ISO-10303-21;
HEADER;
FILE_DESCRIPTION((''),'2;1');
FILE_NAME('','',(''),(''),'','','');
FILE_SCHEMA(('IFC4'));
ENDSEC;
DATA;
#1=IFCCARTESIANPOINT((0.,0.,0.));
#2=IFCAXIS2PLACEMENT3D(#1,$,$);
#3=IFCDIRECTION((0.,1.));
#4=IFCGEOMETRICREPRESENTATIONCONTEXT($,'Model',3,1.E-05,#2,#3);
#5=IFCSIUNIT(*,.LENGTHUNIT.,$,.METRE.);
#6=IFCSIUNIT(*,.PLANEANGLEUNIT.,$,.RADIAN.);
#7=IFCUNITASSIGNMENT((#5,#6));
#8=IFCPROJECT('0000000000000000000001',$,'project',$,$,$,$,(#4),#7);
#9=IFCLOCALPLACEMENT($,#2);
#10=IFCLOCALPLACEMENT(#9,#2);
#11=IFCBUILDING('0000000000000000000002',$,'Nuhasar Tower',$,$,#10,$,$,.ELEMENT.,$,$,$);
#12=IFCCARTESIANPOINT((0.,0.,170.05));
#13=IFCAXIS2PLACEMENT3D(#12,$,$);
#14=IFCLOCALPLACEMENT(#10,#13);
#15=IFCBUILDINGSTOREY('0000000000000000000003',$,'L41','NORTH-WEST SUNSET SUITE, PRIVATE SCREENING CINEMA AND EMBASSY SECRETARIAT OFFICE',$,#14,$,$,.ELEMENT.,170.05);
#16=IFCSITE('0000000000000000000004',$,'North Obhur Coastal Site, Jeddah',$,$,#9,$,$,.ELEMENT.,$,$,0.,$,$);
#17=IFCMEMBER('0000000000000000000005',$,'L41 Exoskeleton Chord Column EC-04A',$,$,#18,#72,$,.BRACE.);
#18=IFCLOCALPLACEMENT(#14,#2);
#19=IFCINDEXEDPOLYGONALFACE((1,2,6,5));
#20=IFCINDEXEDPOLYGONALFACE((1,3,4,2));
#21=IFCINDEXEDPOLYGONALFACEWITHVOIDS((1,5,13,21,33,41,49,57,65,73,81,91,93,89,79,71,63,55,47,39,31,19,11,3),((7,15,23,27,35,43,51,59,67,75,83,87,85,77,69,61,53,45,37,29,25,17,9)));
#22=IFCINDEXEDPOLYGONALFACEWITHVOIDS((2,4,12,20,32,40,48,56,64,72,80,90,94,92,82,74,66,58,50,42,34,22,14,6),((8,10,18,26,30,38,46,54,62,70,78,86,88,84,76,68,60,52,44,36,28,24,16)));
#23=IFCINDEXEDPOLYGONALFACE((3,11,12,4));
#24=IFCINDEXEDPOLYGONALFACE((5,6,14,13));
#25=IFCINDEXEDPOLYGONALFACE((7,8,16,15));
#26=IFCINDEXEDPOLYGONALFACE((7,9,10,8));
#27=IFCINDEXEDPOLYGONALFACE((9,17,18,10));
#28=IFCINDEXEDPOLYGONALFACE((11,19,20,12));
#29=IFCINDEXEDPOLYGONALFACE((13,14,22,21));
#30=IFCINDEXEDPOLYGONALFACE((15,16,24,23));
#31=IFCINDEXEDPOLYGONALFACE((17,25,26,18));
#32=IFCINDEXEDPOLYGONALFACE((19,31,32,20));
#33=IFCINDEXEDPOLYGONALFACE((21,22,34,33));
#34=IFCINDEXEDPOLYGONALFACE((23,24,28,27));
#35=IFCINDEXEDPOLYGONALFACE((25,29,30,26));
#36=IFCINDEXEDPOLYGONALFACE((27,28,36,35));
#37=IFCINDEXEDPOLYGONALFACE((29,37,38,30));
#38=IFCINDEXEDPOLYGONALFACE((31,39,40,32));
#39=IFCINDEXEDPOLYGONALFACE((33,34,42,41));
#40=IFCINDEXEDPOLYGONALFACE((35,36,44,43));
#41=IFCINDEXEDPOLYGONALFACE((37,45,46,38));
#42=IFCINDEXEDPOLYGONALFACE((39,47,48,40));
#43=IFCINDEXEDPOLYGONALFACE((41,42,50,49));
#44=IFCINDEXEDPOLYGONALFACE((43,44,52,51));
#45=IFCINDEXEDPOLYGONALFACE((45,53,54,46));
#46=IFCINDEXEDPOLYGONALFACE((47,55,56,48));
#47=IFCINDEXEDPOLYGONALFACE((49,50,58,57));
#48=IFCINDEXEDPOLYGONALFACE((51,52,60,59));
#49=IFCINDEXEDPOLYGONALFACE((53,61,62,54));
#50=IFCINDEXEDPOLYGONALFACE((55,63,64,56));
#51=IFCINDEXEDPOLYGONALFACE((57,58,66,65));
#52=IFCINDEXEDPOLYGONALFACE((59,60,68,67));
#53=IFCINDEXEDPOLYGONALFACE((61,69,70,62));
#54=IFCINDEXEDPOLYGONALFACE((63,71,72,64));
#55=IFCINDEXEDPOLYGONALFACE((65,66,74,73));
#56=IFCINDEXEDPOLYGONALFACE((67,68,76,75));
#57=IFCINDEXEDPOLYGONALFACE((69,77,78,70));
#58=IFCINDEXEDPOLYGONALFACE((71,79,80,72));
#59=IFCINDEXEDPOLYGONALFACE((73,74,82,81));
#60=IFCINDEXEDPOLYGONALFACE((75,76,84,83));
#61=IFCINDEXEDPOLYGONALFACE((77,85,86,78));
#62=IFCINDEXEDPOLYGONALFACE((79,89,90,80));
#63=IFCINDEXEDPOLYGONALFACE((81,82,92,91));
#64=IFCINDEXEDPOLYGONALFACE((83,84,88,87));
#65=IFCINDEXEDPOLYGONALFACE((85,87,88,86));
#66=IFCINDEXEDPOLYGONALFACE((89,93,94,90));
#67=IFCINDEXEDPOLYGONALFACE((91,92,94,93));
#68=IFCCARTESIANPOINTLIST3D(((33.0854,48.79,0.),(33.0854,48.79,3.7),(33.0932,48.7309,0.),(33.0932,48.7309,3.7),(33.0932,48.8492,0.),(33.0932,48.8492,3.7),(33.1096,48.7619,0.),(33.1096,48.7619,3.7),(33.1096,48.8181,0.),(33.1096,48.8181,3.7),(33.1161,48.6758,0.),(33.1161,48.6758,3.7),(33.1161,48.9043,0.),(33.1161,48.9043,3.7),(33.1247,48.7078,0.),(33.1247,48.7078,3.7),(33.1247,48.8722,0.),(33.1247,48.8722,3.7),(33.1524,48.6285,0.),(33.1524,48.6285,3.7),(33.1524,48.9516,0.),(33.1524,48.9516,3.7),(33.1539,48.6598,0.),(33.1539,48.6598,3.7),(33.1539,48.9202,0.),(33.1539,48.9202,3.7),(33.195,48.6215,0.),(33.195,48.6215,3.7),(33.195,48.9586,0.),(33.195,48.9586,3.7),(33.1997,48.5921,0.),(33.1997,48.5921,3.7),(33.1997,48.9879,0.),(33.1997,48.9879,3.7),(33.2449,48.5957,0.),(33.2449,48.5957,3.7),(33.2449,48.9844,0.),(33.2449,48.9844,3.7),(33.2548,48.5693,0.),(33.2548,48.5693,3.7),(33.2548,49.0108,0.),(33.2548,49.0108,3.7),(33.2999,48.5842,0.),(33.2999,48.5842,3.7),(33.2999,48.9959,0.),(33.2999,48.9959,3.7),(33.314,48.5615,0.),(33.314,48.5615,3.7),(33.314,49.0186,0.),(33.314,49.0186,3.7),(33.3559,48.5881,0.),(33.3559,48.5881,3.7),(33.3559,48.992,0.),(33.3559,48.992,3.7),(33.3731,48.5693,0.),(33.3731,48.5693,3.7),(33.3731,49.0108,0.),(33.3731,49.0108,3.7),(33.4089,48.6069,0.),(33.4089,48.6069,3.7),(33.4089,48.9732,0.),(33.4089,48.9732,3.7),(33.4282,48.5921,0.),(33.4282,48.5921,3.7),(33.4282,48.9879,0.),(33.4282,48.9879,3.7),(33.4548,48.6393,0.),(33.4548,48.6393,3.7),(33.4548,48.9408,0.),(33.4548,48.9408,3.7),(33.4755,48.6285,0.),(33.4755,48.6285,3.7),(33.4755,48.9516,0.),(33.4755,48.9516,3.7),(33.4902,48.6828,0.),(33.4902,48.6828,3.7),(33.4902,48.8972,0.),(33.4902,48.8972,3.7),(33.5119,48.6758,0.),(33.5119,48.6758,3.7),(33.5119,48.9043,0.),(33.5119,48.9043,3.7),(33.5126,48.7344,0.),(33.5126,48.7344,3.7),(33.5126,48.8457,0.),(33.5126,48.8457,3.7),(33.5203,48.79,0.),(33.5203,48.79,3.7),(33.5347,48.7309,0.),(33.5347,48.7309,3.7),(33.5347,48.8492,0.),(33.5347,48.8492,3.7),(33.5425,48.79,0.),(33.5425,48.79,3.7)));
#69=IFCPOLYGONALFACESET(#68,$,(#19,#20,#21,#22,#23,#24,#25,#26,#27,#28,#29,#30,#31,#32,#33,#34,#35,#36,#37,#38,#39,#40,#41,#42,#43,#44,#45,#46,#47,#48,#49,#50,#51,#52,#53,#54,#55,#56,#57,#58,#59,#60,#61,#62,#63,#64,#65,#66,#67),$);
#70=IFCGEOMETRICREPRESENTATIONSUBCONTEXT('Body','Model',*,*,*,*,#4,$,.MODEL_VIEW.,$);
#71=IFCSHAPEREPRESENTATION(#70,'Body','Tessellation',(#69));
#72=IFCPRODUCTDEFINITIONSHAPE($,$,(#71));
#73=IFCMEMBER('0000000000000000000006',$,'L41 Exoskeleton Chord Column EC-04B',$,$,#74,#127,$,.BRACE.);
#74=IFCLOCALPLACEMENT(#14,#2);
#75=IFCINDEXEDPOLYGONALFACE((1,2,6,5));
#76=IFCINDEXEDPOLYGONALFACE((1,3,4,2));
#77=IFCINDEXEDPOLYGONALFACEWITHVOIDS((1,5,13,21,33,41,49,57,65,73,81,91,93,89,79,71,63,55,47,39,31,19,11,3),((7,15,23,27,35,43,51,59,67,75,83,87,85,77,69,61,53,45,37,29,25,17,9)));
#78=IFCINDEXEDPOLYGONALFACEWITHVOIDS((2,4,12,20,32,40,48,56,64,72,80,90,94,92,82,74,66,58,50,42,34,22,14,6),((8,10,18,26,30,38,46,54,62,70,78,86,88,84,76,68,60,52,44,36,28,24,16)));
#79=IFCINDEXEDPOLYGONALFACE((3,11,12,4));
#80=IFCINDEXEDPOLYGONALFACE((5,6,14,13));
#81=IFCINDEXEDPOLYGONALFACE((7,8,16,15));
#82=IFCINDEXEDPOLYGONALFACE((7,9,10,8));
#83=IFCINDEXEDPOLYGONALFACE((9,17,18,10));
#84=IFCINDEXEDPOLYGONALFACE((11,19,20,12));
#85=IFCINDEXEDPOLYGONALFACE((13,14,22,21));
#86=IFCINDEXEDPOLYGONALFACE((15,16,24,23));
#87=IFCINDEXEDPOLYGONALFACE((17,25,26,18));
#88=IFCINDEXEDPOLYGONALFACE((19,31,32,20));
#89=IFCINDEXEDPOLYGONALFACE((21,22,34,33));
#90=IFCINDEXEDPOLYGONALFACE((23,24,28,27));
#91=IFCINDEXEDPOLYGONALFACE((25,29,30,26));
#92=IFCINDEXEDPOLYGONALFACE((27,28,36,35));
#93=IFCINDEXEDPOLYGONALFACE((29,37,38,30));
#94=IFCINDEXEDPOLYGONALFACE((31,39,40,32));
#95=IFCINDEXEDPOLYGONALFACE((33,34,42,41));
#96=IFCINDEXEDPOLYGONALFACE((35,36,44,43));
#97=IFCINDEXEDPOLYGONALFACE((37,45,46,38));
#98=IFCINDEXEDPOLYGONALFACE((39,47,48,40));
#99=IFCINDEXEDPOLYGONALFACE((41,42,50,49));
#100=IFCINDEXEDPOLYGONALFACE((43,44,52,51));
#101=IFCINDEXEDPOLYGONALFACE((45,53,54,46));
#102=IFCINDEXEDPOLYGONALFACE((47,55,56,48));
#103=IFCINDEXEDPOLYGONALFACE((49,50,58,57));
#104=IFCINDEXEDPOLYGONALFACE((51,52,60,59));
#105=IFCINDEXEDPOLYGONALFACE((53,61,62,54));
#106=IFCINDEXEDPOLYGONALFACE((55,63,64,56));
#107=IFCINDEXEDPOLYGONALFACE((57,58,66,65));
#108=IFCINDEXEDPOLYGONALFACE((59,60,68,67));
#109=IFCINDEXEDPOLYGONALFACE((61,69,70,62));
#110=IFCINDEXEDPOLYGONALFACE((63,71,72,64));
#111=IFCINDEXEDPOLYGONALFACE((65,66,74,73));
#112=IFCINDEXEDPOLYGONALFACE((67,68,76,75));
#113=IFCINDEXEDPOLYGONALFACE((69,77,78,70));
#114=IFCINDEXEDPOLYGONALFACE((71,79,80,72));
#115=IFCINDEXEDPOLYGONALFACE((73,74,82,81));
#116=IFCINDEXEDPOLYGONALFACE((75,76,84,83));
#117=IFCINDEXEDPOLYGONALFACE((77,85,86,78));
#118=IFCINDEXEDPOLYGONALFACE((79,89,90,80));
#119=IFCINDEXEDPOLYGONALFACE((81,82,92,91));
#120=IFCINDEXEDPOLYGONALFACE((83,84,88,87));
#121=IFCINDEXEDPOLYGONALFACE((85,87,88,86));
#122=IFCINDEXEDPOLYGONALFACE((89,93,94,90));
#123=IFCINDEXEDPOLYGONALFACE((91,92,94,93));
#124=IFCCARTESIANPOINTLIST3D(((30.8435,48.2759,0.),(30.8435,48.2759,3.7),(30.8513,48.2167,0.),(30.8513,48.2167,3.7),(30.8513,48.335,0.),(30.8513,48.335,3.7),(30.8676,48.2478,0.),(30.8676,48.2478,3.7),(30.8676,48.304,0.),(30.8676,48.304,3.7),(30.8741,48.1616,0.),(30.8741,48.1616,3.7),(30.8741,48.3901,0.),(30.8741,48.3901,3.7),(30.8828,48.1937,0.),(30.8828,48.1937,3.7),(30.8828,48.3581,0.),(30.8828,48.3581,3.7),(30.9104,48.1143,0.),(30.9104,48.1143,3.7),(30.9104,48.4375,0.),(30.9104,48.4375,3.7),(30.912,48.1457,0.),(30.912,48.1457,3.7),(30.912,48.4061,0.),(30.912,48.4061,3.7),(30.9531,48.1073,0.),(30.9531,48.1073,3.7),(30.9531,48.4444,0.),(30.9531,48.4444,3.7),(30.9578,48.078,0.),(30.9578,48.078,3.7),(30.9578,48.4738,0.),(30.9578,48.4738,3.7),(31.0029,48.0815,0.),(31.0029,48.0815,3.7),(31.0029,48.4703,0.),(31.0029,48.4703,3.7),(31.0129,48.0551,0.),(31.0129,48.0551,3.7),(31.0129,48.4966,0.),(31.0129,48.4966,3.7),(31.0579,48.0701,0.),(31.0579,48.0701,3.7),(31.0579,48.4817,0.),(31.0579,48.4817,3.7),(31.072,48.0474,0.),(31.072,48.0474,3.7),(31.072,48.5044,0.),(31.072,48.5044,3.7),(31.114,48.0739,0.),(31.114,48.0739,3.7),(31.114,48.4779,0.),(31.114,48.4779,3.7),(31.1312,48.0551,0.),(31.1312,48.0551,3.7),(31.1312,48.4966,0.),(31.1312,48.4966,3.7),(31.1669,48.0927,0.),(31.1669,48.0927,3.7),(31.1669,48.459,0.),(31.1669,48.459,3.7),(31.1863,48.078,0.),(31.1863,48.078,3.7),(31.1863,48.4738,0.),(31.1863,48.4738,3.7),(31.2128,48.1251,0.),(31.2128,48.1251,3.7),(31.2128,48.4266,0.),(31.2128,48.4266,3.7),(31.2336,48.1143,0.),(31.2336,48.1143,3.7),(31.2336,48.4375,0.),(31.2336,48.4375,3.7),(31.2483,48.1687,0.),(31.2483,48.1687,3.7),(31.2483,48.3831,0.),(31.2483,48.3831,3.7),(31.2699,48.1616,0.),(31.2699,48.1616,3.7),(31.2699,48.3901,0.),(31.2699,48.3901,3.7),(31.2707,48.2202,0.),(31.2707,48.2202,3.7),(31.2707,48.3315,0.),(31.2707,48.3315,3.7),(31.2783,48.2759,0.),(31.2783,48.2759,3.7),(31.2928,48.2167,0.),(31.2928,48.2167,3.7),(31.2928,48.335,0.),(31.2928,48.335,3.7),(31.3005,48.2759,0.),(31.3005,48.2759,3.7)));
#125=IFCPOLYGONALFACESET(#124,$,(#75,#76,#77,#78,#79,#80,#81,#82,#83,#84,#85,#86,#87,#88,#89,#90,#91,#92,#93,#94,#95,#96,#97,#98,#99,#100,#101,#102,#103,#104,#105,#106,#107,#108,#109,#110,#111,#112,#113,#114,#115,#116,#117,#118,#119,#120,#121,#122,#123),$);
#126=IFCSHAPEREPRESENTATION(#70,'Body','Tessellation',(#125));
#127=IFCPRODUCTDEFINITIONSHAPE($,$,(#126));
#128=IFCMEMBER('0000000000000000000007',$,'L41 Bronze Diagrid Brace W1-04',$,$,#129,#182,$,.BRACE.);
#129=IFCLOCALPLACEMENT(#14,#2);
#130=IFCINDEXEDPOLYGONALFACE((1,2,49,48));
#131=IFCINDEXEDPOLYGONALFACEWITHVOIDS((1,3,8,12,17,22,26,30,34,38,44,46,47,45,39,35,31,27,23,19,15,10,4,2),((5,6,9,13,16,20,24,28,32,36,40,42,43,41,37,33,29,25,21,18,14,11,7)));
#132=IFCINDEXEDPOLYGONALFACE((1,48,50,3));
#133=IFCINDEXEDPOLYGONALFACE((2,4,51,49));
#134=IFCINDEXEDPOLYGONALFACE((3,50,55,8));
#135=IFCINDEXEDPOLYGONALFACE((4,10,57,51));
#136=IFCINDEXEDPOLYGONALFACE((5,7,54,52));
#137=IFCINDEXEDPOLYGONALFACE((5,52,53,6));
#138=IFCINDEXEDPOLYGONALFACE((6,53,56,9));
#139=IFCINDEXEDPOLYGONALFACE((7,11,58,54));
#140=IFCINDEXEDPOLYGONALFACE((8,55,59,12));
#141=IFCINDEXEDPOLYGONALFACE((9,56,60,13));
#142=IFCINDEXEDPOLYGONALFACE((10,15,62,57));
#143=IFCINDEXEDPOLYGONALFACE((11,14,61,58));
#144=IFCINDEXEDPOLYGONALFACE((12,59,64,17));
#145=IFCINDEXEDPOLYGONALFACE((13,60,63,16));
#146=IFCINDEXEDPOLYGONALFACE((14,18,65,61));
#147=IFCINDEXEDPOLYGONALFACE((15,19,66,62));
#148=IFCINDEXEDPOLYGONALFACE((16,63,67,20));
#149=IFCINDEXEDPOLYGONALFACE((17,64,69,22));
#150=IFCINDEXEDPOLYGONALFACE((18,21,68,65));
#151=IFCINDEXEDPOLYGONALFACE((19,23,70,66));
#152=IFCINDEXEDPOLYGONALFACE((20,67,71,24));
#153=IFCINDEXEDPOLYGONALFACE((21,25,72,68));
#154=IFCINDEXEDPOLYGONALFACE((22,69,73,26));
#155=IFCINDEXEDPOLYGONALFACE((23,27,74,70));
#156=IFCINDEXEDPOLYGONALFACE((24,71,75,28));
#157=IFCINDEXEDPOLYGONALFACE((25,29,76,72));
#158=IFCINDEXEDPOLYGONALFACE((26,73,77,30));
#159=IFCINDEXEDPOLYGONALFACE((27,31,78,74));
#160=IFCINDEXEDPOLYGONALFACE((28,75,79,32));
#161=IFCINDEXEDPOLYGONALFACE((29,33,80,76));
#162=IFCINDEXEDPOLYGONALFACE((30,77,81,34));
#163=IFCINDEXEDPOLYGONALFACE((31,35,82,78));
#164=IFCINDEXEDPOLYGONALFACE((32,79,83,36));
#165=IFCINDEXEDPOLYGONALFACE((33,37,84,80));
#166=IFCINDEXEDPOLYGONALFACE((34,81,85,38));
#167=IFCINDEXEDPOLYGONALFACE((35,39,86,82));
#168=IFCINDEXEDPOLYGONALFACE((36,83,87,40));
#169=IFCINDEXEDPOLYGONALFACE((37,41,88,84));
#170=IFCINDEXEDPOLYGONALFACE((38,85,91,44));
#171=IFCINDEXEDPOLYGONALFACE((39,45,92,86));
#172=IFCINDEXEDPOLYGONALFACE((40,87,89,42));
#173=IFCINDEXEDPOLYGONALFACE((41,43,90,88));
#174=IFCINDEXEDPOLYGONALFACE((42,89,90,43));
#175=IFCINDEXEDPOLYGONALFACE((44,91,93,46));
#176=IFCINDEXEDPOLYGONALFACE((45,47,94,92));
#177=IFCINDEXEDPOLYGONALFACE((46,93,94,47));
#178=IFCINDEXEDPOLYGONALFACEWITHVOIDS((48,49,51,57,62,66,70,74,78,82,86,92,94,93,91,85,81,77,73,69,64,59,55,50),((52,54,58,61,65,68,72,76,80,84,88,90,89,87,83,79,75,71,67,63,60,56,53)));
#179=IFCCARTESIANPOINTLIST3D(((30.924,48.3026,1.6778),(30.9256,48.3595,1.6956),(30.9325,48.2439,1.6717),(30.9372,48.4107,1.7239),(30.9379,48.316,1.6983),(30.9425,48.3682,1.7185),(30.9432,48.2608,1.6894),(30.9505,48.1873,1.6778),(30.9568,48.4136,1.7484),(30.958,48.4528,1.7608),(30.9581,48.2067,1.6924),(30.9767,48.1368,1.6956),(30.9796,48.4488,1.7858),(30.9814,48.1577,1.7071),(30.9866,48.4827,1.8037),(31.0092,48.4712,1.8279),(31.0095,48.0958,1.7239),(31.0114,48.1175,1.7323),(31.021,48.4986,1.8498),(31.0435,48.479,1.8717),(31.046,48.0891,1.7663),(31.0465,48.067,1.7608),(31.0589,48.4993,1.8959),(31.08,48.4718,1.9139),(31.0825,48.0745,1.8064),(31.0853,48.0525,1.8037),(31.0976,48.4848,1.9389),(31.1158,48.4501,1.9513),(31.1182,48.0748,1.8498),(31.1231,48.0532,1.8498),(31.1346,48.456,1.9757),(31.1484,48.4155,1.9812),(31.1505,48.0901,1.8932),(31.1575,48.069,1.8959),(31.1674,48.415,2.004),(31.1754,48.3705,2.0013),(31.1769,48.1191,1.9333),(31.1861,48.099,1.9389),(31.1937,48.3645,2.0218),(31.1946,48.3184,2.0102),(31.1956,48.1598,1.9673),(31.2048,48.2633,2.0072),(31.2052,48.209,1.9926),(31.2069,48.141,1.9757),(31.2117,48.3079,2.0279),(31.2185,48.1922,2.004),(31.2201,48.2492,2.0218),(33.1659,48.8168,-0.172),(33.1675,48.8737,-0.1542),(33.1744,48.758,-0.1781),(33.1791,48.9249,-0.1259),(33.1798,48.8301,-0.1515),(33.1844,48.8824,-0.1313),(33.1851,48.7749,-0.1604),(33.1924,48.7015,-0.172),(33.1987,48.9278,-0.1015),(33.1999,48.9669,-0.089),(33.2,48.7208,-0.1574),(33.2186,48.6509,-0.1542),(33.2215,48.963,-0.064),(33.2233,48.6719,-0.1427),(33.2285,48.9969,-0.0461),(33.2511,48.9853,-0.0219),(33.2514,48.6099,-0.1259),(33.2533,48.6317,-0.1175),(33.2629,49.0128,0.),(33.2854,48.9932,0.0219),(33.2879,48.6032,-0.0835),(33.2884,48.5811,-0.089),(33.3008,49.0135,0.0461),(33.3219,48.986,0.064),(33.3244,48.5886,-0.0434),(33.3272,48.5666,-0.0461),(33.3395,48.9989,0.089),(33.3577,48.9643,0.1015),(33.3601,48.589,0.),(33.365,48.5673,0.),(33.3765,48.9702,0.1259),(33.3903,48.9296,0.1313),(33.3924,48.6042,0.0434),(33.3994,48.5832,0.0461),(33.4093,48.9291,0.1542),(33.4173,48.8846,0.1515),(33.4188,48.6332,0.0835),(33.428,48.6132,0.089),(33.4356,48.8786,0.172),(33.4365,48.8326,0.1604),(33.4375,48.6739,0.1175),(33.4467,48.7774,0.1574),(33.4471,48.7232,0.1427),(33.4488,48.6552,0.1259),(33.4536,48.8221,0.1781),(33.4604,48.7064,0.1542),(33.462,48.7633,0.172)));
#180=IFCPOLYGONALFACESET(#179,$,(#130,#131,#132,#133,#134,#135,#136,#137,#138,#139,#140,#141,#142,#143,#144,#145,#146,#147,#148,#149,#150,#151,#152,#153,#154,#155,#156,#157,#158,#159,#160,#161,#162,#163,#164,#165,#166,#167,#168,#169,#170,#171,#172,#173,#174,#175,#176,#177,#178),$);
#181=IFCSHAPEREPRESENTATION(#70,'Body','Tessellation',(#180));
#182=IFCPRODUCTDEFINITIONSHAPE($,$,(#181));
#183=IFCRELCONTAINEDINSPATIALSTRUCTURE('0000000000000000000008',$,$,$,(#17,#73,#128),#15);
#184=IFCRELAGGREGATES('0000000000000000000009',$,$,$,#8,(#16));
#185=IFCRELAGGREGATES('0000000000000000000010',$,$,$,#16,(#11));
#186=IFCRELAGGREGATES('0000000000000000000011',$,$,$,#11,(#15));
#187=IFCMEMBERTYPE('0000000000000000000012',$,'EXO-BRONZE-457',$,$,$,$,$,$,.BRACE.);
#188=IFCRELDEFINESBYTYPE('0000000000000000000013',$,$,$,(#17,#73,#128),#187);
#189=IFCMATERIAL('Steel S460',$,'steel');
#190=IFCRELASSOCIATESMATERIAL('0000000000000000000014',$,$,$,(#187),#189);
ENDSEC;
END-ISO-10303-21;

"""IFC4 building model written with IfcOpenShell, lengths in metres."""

from ifc_helpers import new_model, si_unit, direction, frame, origin, origin_2d, place, context, subcontext, project, spatial, hollow_circle, extrude, material, material_profile, profile_set, type_object, element, save


model = new_model("IFC4")

# Units and contexts
model_context = context("Model", 3, precision=1e-05, world=origin(), true_north=direction((0.0, 1.0)))
body_context = subcontext(model_context, "Body", "Model", "MODEL_VIEW")
ifc_project = project(units=[si_unit("LENGTHUNIT", "METRE"), si_unit("PLANEANGLEUNIT", "RADIAN")], contexts=[model_context])

# Site, building, storey
site_placement = place(None, origin())
site = spatial("IfcSite", under=ifc_project, at=site_placement, Name="North Obhur Coastal Site, Jeddah", CompositionType="ELEMENT", RefElevation=0.0)
building_placement = place(site_placement, origin())
building = spatial("IfcBuilding", under=site, at=building_placement, Name="Nuhasar Tower", CompositionType="ELEMENT")
storey_placement = place(building_placement, frame((0.0, 0.0, 170.05)))
storey = spatial("IfcBuildingStorey", under=building, at=storey_placement, Name="L41", Description="NORTH-WEST SUNSET SUITE, PRIVATE SCREENING CINEMA AND EMBASSY SECRETARIAT OFFICE", CompositionType="ELEMENT", Elevation=170.05)

# Members
ifc_material_1 = material(Name="Steel S460", Category="steel")
ifc_material_profile_1 = material_profile(ifc_material_1, hollow_circle(Radius=0.2285, WallThickness=0.0222, at=origin_2d()), Name="HSS457X22.2")
ifc_profile_set_1 = profile_set([ifc_material_profile_1], Name="Steel S460")
member_type_1 = type_object("IfcMemberType", Name="EXO-BRONZE-457", PredefinedType="BRACE", material=ifc_profile_set_1)
for number, where, z_axis, x_axis, name in (
    (1, (33.314, 48.79, 0.0), (0.0, 0.0, 1.0), (1.0, 0.0, 0.0), "L41 Exoskeleton Chord Column EC-04A"),
    (2, (31.072, 48.2759, 0.0), (0.0, 0.0, 1.0), (1.0, 0.0, 0.0), "L41 Exoskeleton Chord Column EC-04B"),
):
    element("IfcMember", number, at=place(storey_placement, frame(where, z_axis=z_axis, x_axis=x_axis)), inside=storey, type_object=member_type_1, Name=name, PredefinedType="BRACE", context=body_context, shape_type="SweptSolid", body=[
        extrude(hollow_circle(Radius=0.2285, WallThickness=0.0222, at=origin_2d()), origin(), (0.0, 0.0, 1.0), 3.7),
    ])
member_1_placement = place(storey_placement, frame((33.314, 48.79, 0.0), z_axis=(-0.759539, -0.17419, 0.626704), x_axis=(0.223534, -0.974696, 0.0)))
element("IfcMember", 3, at=member_1_placement, inside=storey, type_object=member_type_1, Name="L41 Bronze Diagrid Brace W1-04", PredefinedType="BRACE", context=body_context, shape_type="SweptSolid", body=[
    extrude(hollow_circle(Radius=0.2285, WallThickness=0.0222, at=origin_2d()), origin(), (0.0, 0.0, 1.0), 2.9517),
])

save(model, "model.ifc")
